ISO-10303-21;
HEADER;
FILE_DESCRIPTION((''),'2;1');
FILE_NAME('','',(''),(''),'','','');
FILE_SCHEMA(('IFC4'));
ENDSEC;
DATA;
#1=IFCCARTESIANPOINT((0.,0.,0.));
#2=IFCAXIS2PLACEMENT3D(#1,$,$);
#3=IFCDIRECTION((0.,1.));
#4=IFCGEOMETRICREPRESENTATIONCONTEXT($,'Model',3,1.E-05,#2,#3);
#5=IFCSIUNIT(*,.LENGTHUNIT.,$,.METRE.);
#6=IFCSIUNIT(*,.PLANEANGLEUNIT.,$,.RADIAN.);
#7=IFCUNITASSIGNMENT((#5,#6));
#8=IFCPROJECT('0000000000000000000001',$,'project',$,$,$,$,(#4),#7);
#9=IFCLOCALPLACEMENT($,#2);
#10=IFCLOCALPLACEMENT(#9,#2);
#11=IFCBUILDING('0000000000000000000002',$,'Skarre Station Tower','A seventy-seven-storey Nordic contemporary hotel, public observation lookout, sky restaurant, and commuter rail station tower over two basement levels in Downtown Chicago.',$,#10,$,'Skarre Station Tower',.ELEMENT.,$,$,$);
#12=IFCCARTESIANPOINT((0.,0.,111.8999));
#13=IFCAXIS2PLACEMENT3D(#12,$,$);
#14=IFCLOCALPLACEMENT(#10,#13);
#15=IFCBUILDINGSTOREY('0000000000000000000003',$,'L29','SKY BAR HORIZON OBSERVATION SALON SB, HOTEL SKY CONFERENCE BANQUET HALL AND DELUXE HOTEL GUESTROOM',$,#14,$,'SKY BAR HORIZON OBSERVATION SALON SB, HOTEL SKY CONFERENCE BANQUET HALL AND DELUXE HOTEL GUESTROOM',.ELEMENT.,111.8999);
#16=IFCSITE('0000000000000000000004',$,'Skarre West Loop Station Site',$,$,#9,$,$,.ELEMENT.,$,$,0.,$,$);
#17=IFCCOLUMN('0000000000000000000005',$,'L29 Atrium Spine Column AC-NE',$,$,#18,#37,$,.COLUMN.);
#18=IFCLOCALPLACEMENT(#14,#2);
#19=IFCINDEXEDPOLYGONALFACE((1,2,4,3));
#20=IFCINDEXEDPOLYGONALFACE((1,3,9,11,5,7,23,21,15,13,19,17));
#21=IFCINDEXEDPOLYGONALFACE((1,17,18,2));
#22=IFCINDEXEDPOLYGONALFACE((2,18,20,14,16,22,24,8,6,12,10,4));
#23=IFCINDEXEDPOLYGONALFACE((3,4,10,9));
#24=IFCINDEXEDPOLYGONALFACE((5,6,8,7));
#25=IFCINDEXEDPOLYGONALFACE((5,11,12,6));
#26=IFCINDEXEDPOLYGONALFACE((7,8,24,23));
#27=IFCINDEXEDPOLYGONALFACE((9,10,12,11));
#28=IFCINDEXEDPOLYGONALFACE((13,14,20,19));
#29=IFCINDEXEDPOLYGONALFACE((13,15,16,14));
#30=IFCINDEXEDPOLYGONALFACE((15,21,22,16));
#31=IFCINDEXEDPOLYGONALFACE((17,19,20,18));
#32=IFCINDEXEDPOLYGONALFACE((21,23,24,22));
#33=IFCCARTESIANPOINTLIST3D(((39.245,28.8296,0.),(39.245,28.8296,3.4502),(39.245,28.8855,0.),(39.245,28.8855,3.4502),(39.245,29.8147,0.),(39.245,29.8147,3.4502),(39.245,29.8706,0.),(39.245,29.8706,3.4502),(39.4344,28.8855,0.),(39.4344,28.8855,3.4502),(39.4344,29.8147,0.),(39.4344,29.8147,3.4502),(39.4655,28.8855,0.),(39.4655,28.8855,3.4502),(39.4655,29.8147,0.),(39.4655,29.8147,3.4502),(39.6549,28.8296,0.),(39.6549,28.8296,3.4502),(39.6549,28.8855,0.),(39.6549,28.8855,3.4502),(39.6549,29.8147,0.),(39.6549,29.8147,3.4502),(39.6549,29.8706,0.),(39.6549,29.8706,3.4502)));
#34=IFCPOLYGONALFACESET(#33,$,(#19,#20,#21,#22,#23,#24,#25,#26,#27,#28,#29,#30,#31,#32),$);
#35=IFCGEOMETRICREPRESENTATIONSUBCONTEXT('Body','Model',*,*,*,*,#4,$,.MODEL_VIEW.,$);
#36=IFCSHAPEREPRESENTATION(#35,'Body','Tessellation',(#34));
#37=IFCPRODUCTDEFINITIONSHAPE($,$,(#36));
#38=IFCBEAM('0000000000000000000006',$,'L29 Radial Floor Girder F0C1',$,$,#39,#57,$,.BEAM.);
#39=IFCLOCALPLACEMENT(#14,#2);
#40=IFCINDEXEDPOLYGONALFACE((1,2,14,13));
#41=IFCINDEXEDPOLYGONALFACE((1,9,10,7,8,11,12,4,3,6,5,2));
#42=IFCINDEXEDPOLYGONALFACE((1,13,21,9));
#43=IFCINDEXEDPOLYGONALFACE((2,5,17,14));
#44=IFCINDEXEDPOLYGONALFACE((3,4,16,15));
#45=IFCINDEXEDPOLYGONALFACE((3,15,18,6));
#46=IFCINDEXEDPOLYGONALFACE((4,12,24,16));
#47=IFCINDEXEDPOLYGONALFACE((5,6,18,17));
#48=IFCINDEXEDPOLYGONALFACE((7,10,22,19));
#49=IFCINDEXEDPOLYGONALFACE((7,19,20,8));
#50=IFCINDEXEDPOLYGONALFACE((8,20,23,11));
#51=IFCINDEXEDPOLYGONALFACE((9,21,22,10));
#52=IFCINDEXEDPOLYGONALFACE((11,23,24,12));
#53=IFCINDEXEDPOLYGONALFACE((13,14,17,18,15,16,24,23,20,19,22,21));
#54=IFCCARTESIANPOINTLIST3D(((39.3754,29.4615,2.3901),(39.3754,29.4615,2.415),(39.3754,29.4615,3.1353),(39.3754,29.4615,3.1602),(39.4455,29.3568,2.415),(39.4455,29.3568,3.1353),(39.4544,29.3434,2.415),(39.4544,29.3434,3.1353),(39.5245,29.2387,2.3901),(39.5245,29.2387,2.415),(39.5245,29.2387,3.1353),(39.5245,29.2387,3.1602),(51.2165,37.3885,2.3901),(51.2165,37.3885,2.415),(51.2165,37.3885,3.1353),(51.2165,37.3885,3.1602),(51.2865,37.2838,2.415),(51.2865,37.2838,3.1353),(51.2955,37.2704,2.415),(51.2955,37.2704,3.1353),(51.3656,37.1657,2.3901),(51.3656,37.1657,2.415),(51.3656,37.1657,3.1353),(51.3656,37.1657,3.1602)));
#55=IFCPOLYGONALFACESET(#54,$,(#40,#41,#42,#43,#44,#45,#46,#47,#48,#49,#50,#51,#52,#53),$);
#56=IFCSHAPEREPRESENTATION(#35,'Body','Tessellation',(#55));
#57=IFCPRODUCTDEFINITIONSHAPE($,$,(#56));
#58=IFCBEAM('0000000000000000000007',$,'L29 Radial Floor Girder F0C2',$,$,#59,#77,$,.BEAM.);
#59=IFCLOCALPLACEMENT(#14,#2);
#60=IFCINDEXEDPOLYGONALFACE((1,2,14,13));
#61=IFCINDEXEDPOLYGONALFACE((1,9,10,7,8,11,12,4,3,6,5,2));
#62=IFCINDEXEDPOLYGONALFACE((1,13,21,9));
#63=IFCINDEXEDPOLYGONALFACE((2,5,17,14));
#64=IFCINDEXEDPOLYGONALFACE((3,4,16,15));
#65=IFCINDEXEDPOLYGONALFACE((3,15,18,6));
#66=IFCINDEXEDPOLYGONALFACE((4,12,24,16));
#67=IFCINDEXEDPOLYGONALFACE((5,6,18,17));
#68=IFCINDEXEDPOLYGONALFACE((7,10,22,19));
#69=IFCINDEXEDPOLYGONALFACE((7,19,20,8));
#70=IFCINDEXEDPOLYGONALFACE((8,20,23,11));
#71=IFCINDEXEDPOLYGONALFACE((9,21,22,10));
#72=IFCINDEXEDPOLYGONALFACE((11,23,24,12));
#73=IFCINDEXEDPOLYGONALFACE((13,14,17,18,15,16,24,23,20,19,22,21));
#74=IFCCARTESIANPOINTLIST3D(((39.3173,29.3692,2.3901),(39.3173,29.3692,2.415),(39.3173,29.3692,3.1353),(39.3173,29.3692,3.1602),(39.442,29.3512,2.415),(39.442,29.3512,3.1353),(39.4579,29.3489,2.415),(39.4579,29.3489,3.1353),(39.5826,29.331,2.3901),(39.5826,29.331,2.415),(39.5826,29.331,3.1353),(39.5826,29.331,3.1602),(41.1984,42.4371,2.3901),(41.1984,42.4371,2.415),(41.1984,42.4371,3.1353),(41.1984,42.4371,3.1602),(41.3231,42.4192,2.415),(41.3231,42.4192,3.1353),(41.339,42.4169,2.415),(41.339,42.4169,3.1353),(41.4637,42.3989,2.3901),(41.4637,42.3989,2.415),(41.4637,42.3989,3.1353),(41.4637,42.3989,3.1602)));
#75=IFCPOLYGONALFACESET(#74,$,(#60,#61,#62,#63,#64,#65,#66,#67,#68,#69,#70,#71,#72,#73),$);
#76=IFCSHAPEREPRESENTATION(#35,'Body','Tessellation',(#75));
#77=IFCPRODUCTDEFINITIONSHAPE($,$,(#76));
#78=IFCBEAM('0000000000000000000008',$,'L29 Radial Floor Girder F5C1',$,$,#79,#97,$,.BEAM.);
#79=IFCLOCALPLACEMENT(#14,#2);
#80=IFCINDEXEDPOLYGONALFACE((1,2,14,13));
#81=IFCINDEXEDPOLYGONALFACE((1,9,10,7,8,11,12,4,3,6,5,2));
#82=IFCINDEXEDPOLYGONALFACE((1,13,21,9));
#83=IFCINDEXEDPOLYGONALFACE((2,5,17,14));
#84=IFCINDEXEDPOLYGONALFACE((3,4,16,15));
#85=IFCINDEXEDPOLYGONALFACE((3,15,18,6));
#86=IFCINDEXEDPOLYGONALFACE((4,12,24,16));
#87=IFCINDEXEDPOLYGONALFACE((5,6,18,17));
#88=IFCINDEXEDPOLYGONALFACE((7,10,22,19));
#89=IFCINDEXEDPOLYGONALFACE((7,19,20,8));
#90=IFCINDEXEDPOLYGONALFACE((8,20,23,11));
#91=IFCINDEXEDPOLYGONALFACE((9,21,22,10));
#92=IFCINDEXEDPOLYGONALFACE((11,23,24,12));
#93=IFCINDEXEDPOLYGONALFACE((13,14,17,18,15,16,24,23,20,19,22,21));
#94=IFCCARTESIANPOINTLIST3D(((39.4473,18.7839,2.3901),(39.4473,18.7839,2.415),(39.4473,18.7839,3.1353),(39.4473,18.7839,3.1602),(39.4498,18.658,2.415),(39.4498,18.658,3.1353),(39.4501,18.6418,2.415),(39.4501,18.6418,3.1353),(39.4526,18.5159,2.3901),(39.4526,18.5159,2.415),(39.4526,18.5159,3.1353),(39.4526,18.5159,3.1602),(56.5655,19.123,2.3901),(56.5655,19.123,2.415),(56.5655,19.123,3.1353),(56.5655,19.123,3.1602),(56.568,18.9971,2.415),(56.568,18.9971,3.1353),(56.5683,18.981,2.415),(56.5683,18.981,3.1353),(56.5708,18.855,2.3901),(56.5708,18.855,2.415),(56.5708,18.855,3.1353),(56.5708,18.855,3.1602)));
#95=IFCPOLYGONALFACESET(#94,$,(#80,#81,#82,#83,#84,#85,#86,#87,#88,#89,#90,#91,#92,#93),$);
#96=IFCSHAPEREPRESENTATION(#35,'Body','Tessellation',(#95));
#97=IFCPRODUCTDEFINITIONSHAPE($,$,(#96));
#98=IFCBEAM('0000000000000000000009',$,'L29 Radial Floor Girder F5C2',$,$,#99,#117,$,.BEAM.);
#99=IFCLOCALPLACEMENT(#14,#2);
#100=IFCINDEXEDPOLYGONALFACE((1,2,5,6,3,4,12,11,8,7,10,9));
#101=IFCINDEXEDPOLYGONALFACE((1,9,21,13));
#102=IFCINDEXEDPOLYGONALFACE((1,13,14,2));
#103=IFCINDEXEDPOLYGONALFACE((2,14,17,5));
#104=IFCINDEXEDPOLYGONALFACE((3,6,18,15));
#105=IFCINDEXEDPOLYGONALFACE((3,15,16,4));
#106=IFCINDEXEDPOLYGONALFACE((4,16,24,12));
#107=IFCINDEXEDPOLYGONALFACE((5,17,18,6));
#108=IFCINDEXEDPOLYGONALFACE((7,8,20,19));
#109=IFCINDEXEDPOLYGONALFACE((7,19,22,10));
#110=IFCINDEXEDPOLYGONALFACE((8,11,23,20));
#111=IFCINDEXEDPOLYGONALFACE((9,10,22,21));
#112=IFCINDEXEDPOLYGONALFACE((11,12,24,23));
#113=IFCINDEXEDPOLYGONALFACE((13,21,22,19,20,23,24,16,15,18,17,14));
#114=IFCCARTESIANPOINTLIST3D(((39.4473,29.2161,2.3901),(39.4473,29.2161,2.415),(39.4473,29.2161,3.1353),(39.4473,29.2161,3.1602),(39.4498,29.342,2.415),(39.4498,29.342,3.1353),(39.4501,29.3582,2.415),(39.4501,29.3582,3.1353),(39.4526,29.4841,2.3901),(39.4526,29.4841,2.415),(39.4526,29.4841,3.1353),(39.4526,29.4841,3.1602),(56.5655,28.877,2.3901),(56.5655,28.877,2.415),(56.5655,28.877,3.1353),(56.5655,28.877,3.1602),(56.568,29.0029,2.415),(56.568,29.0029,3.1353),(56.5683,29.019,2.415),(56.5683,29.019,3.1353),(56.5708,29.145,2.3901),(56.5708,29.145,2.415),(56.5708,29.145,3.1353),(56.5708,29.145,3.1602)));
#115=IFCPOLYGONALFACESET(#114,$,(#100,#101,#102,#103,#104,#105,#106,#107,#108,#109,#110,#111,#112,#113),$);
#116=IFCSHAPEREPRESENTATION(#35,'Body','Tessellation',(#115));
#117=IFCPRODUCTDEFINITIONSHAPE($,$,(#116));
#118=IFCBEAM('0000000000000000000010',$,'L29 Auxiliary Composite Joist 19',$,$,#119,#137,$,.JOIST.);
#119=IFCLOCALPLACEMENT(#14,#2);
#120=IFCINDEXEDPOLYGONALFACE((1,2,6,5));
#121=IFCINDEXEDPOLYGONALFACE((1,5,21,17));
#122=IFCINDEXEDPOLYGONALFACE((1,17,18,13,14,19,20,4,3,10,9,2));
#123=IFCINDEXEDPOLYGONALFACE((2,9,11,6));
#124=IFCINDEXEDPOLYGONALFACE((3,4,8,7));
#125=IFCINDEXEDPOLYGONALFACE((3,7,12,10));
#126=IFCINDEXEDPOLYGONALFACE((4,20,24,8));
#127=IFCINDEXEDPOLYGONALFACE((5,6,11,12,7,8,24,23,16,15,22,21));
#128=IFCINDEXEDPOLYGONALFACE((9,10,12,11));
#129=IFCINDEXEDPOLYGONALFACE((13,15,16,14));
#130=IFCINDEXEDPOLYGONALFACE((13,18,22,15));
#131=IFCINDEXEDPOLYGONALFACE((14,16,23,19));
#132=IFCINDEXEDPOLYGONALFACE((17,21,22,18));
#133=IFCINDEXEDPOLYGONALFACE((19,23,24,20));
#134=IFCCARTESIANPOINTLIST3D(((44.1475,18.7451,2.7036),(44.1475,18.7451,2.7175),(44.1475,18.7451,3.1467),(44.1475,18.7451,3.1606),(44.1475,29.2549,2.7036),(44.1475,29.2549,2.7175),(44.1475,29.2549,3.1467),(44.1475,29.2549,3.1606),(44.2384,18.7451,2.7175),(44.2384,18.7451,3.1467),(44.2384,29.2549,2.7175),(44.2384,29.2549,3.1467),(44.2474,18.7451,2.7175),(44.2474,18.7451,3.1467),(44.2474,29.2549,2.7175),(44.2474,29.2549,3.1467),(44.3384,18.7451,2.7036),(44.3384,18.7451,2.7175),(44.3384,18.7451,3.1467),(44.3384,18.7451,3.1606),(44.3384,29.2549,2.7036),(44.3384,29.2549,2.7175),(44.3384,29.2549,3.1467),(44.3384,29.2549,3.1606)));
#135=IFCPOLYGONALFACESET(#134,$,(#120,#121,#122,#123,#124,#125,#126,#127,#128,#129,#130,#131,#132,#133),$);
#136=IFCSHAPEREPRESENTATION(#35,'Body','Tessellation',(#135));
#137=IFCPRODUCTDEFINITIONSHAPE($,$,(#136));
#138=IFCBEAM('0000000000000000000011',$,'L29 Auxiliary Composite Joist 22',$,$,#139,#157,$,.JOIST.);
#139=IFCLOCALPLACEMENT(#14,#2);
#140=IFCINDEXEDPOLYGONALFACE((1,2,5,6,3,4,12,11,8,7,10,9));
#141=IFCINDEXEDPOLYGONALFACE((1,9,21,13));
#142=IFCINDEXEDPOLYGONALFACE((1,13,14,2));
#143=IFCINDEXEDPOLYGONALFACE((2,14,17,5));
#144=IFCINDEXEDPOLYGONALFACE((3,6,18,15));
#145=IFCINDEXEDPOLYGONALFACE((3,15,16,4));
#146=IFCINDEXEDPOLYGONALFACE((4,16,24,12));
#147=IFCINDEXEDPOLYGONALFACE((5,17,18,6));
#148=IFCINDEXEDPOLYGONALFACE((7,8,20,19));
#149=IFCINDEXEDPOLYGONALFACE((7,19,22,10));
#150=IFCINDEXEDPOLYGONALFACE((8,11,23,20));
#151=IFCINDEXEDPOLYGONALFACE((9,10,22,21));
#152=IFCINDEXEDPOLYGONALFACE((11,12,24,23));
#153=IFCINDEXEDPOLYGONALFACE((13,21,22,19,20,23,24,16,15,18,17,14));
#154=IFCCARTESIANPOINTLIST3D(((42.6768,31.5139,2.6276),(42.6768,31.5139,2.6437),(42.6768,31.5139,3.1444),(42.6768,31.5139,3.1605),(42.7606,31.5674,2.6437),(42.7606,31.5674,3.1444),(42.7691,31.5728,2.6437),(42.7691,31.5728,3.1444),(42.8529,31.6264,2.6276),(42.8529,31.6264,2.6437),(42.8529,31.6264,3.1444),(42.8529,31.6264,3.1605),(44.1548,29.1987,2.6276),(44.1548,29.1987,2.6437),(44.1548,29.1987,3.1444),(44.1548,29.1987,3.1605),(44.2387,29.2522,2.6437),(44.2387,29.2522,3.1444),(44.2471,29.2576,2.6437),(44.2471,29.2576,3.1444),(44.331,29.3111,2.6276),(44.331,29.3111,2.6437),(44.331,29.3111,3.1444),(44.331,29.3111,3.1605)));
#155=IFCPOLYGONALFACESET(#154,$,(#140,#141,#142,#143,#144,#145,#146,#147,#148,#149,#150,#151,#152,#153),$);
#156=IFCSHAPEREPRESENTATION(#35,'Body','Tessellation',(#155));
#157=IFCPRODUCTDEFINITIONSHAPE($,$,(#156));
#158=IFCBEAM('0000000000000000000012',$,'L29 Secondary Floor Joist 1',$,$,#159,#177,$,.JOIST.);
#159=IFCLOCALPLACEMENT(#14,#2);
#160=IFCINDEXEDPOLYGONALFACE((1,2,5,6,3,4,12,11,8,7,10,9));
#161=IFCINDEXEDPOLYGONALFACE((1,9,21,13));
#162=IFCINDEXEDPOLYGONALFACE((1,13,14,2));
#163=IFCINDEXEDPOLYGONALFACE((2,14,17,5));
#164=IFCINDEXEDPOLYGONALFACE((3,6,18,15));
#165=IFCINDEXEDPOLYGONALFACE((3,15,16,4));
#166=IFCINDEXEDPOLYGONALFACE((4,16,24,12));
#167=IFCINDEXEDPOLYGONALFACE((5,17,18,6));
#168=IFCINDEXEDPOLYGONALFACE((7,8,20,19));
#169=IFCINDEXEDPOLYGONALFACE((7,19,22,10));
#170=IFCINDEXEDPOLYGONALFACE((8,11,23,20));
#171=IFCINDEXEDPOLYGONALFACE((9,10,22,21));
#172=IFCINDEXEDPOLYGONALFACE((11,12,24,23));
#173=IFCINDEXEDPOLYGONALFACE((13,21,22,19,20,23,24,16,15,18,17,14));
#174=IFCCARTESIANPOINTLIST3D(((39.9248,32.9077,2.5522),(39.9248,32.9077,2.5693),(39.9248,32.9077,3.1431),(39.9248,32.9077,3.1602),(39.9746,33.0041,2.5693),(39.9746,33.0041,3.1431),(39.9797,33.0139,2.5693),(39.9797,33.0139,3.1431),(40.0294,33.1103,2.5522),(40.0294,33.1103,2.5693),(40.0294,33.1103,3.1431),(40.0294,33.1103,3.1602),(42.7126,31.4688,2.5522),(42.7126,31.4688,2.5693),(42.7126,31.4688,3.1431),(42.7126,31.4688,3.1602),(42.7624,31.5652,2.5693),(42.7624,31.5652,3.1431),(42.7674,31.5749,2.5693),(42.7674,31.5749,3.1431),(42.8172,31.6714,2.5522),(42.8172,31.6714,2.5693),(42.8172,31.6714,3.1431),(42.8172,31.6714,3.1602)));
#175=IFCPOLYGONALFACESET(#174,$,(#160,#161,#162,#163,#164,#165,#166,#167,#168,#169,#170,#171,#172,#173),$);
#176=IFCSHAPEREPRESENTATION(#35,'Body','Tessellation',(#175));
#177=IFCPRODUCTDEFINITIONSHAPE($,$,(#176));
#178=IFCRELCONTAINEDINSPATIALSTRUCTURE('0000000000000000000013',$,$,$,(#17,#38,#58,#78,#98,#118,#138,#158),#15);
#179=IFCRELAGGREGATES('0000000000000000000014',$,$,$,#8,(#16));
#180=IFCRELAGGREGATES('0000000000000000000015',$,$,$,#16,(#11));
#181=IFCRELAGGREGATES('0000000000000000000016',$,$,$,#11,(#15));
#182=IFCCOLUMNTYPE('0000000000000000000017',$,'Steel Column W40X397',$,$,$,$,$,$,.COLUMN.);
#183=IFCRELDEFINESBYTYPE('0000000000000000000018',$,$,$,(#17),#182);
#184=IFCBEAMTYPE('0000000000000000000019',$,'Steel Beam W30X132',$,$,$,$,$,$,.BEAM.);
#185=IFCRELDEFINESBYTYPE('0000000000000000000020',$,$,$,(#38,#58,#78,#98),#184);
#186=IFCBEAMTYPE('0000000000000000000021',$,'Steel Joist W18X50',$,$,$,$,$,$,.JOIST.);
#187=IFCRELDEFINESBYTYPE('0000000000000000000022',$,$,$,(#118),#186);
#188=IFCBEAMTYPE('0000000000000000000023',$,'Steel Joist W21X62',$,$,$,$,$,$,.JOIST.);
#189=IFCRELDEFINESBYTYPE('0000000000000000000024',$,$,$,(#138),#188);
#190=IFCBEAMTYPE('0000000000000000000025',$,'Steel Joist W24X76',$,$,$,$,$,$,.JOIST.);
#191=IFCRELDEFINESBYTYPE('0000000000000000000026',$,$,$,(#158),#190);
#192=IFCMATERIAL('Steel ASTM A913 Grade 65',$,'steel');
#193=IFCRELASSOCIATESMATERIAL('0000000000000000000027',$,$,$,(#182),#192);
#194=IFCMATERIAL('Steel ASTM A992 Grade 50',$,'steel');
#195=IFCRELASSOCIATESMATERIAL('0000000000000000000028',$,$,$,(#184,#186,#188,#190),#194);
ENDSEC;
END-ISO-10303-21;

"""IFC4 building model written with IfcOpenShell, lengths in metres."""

from ifc_helpers import new_model, si_unit, direction, frame, origin, origin_2d, place, context, subcontext, project, spatial, i_section, extrude, material, material_profile, profile_set, type_object, element, save


model = new_model("IFC4")

# Units and contexts
model_context = context("Model", 3, precision=1e-05, world=origin(), true_north=direction((0.0, 1.0)))
body_context = subcontext(model_context, "Body", "Model", "MODEL_VIEW")
ifc_project = project(units=[si_unit("LENGTHUNIT", "METRE"), si_unit("PLANEANGLEUNIT", "RADIAN")], contexts=[model_context])

# Site, building, storey
site_placement = place(None, origin())
site = spatial("IfcSite", under=ifc_project, at=site_placement, Name="Skarre West Loop Station Site", CompositionType="ELEMENT", RefElevation=0.0)
building_placement = place(site_placement, origin())
building = spatial("IfcBuilding", under=site, at=building_placement, Name="Skarre Station Tower", Description="A seventy-seven-storey Nordic contemporary hotel, public observation lookout, sky restaurant, and commuter rail station tower over two basement levels in Downtown Chicago.", LongName="Skarre Station Tower", CompositionType="ELEMENT")
storey_placement = place(building_placement, frame((0.0, 0.0, 111.8999)))
storey = spatial("IfcBuildingStorey", under=building, at=storey_placement, Name="L29", Description="SKY BAR HORIZON OBSERVATION SALON SB, HOTEL SKY CONFERENCE BANQUET HALL AND DELUXE HOTEL GUESTROOM", LongName="SKY BAR HORIZON OBSERVATION SALON SB, HOTEL SKY CONFERENCE BANQUET HALL AND DELUXE HOTEL GUESTROOM", CompositionType="ELEMENT", Elevation=111.8999)

# Column
ifc_material_1 = material(Name="Steel ASTM A913 Grade 65", Category="steel")
ifc_material_profile_1 = material_profile(ifc_material_1, i_section(OverallWidth=0.4099, OverallDepth=1.041, WebThickness=0.031, FlangeThickness=0.0559, at=origin_2d()), Name="Steel ASTM A913 Grade 65")
ifc_profile_set_1 = profile_set([ifc_material_profile_1], Name="Steel ASTM A913 Grade 65")
column_type = type_object("IfcColumnType", Name="Steel Column W40X397", PredefinedType="COLUMN", material=ifc_profile_set_1)
column_placement = place(storey_placement, frame((39.45, 29.3501, 0.0), z_axis=(0.0, 0.0, 1.0), x_axis=(1.0, 0.0, 0.0)))
element("IfcColumn", 1, at=column_placement, inside=storey, type_object=column_type, Name="L29 Atrium Spine Column AC-NE", PredefinedType="COLUMN", context=body_context, shape_type="SweptSolid", body=[
    extrude(i_section(OverallWidth=0.4099, OverallDepth=1.041, WebThickness=0.031, FlangeThickness=0.0559, at=origin_2d()), origin(), (0.0, 0.0, 1.0), 3.4502),
])

# Beams
ifc_material_2 = material(Name="Steel ASTM A992 Grade 50", Category="steel")
ifc_material_profile_2 = material_profile(ifc_material_2, i_section(OverallWidth=0.2681, OverallDepth=0.77, WebThickness=0.0161, FlangeThickness=0.0249, at=origin_2d()), Name="Steel ASTM A992 Grade 50")
ifc_profile_set_2 = profile_set([ifc_material_profile_2], Name="Steel ASTM A992 Grade 50")
beam_type_1 = type_object("IfcBeamType", Name="Steel Beam W30X132", PredefinedType="BEAM", material=ifc_profile_set_2)
beam_1_placement = place(storey_placement, frame((39.45, 29.3501, 2.7751), z_axis=(0.830981, 0.5563, 0.0), x_axis=(-0.5563, 0.830981, 0.0)))
element("IfcBeam", 2, at=beam_1_placement, inside=storey, type_object=beam_type_1, Name="L29 Radial Floor Girder F0C1", PredefinedType="BEAM", context=body_context, shape_type="SweptSolid", body=[
    extrude(i_section(OverallWidth=0.2681, OverallDepth=0.77, WebThickness=0.0161, FlangeThickness=0.0249, at=origin_2d()), origin(), (0.0, 0.0, 1.0), 14.2495),
])
beam_2_placement = place(storey_placement, frame((39.45, 29.3501, 2.7751), z_axis=(0.14248, 0.989798, 0.0), x_axis=(-0.989798, 0.14248, 0.0)))
element("IfcBeam", 3, at=beam_2_placement, inside=storey, type_object=beam_type_1, Name="L29 Radial Floor Girder F0C2", PredefinedType="BEAM", context=body_context, shape_type="SweptSolid", body=[
    extrude(i_section(OverallWidth=0.2681, OverallDepth=0.77, WebThickness=0.0161, FlangeThickness=0.0249, at=origin_2d()), origin(), (0.0, 0.0, 1.0), 13.2026),
])
for number, where, z_axis, x_axis, name in (
    (4, (39.45, 18.6499, 2.7751), (0.999804, 0.019806, 0.0), (-0.019806, 0.999804, 0.0), "L29 Radial Floor Girder F5C1"),
    (5, (39.45, 29.3501, 2.7751), (0.999804, -0.019806, 0.0), (0.019806, 0.999804, 0.0), "L29 Radial Floor Girder F5C2"),
):
    element("IfcBeam", number, at=place(storey_placement, frame(where, z_axis=z_axis, x_axis=x_axis)), inside=storey, type_object=beam_type_1, Name=name, PredefinedType="BEAM", context=body_context, shape_type="SweptSolid", body=[
        extrude(i_section(OverallWidth=0.2681, OverallDepth=0.77, WebThickness=0.0161, FlangeThickness=0.0249, at=origin_2d()), origin(), (0.0, 0.0, 1.0), 17.1216),
    ])
ifc_material_profile_3 = material_profile(ifc_material_2, i_section(OverallWidth=0.1909, OverallDepth=0.457, WebThickness=0.009, FlangeThickness=0.0139, at=origin_2d()), Name="Steel ASTM A992 Grade 50")
ifc_profile_set_3 = profile_set([ifc_material_profile_3], Name="Steel ASTM A992 Grade 50")
beam_type_2 = type_object("IfcBeamType", Name="Steel Joist W18X50", PredefinedType="JOIST", material=ifc_profile_set_3)
beam_3_placement = place(storey_placement, frame((44.2429, 18.7451, 2.9321), z_axis=(0.0, 1.0, 0.0), x_axis=(-1.0, 0.0, 0.0)))
element("IfcBeam", 6, at=beam_3_placement, inside=storey, type_object=beam_type_2, Name="L29 Auxiliary Composite Joist 19", PredefinedType="JOIST", context=body_context, shape_type="SweptSolid", body=[
    extrude(i_section(OverallWidth=0.1909, OverallDepth=0.457, WebThickness=0.009, FlangeThickness=0.0139, at=origin_2d()), origin(), (0.0, 0.0, 1.0), 10.5098),
])
ifc_material_profile_4 = material_profile(ifc_material_2, i_section(OverallWidth=0.209, OverallDepth=0.533, WebThickness=0.01, FlangeThickness=0.0161, at=origin_2d()), Name="Steel ASTM A992 Grade 50")
ifc_profile_set_4 = profile_set([ifc_material_profile_4], Name="Steel ASTM A992 Grade 50")
beam_type_3 = type_object("IfcBeamType", Name="Steel Joist W21X62", PredefinedType="JOIST", material=ifc_profile_set_4)
beam_4_placement = place(storey_placement, frame((44.2429, 29.2549, 2.894), z_axis=(-0.5381, 0.842881, 0.0), x_axis=(-0.842881, -0.5381, 0.0)))
element("IfcBeam", 7, at=beam_4_placement, inside=storey, type_object=beam_type_3, Name="L29 Auxiliary Composite Joist 22", PredefinedType="JOIST", context=body_context, shape_type="SweptSolid", body=[
    extrude(i_section(OverallWidth=0.209, OverallDepth=0.533, WebThickness=0.01, FlangeThickness=0.0161, at=origin_2d()), origin(), (0.0, 0.0, 1.0), 2.7468),
])
ifc_material_profile_5 = material_profile(ifc_material_2, i_section(OverallWidth=0.228, OverallDepth=0.6079, WebThickness=0.011, FlangeThickness=0.0171, at=origin_2d()), Name="Steel ASTM A992 Grade 50")
ifc_profile_set_5 = profile_set([ifc_material_profile_5], Name="Steel ASTM A992 Grade 50")
beam_type_4 = type_object("IfcBeamType", Name="Steel Joist W24X76", PredefinedType="JOIST", material=ifc_profile_set_5)
beam_5_placement = place(storey_placement, frame((42.7649, 31.5701, 2.8562), z_axis=(-0.88861, 0.458663, 0.0), x_axis=(-0.458663, -0.88861, 0.0)))
element("IfcBeam", 8, at=beam_5_placement, inside=storey, type_object=beam_type_4, Name="L29 Secondary Floor Joist 1", PredefinedType="JOIST", context=body_context, shape_type="SweptSolid", body=[
    extrude(i_section(OverallWidth=0.228, OverallDepth=0.6079, WebThickness=0.011, FlangeThickness=0.0171, at=origin_2d()), origin(), (0.0, 0.0, 1.0), 3.1372),
])

save(model, "model.ifc")
